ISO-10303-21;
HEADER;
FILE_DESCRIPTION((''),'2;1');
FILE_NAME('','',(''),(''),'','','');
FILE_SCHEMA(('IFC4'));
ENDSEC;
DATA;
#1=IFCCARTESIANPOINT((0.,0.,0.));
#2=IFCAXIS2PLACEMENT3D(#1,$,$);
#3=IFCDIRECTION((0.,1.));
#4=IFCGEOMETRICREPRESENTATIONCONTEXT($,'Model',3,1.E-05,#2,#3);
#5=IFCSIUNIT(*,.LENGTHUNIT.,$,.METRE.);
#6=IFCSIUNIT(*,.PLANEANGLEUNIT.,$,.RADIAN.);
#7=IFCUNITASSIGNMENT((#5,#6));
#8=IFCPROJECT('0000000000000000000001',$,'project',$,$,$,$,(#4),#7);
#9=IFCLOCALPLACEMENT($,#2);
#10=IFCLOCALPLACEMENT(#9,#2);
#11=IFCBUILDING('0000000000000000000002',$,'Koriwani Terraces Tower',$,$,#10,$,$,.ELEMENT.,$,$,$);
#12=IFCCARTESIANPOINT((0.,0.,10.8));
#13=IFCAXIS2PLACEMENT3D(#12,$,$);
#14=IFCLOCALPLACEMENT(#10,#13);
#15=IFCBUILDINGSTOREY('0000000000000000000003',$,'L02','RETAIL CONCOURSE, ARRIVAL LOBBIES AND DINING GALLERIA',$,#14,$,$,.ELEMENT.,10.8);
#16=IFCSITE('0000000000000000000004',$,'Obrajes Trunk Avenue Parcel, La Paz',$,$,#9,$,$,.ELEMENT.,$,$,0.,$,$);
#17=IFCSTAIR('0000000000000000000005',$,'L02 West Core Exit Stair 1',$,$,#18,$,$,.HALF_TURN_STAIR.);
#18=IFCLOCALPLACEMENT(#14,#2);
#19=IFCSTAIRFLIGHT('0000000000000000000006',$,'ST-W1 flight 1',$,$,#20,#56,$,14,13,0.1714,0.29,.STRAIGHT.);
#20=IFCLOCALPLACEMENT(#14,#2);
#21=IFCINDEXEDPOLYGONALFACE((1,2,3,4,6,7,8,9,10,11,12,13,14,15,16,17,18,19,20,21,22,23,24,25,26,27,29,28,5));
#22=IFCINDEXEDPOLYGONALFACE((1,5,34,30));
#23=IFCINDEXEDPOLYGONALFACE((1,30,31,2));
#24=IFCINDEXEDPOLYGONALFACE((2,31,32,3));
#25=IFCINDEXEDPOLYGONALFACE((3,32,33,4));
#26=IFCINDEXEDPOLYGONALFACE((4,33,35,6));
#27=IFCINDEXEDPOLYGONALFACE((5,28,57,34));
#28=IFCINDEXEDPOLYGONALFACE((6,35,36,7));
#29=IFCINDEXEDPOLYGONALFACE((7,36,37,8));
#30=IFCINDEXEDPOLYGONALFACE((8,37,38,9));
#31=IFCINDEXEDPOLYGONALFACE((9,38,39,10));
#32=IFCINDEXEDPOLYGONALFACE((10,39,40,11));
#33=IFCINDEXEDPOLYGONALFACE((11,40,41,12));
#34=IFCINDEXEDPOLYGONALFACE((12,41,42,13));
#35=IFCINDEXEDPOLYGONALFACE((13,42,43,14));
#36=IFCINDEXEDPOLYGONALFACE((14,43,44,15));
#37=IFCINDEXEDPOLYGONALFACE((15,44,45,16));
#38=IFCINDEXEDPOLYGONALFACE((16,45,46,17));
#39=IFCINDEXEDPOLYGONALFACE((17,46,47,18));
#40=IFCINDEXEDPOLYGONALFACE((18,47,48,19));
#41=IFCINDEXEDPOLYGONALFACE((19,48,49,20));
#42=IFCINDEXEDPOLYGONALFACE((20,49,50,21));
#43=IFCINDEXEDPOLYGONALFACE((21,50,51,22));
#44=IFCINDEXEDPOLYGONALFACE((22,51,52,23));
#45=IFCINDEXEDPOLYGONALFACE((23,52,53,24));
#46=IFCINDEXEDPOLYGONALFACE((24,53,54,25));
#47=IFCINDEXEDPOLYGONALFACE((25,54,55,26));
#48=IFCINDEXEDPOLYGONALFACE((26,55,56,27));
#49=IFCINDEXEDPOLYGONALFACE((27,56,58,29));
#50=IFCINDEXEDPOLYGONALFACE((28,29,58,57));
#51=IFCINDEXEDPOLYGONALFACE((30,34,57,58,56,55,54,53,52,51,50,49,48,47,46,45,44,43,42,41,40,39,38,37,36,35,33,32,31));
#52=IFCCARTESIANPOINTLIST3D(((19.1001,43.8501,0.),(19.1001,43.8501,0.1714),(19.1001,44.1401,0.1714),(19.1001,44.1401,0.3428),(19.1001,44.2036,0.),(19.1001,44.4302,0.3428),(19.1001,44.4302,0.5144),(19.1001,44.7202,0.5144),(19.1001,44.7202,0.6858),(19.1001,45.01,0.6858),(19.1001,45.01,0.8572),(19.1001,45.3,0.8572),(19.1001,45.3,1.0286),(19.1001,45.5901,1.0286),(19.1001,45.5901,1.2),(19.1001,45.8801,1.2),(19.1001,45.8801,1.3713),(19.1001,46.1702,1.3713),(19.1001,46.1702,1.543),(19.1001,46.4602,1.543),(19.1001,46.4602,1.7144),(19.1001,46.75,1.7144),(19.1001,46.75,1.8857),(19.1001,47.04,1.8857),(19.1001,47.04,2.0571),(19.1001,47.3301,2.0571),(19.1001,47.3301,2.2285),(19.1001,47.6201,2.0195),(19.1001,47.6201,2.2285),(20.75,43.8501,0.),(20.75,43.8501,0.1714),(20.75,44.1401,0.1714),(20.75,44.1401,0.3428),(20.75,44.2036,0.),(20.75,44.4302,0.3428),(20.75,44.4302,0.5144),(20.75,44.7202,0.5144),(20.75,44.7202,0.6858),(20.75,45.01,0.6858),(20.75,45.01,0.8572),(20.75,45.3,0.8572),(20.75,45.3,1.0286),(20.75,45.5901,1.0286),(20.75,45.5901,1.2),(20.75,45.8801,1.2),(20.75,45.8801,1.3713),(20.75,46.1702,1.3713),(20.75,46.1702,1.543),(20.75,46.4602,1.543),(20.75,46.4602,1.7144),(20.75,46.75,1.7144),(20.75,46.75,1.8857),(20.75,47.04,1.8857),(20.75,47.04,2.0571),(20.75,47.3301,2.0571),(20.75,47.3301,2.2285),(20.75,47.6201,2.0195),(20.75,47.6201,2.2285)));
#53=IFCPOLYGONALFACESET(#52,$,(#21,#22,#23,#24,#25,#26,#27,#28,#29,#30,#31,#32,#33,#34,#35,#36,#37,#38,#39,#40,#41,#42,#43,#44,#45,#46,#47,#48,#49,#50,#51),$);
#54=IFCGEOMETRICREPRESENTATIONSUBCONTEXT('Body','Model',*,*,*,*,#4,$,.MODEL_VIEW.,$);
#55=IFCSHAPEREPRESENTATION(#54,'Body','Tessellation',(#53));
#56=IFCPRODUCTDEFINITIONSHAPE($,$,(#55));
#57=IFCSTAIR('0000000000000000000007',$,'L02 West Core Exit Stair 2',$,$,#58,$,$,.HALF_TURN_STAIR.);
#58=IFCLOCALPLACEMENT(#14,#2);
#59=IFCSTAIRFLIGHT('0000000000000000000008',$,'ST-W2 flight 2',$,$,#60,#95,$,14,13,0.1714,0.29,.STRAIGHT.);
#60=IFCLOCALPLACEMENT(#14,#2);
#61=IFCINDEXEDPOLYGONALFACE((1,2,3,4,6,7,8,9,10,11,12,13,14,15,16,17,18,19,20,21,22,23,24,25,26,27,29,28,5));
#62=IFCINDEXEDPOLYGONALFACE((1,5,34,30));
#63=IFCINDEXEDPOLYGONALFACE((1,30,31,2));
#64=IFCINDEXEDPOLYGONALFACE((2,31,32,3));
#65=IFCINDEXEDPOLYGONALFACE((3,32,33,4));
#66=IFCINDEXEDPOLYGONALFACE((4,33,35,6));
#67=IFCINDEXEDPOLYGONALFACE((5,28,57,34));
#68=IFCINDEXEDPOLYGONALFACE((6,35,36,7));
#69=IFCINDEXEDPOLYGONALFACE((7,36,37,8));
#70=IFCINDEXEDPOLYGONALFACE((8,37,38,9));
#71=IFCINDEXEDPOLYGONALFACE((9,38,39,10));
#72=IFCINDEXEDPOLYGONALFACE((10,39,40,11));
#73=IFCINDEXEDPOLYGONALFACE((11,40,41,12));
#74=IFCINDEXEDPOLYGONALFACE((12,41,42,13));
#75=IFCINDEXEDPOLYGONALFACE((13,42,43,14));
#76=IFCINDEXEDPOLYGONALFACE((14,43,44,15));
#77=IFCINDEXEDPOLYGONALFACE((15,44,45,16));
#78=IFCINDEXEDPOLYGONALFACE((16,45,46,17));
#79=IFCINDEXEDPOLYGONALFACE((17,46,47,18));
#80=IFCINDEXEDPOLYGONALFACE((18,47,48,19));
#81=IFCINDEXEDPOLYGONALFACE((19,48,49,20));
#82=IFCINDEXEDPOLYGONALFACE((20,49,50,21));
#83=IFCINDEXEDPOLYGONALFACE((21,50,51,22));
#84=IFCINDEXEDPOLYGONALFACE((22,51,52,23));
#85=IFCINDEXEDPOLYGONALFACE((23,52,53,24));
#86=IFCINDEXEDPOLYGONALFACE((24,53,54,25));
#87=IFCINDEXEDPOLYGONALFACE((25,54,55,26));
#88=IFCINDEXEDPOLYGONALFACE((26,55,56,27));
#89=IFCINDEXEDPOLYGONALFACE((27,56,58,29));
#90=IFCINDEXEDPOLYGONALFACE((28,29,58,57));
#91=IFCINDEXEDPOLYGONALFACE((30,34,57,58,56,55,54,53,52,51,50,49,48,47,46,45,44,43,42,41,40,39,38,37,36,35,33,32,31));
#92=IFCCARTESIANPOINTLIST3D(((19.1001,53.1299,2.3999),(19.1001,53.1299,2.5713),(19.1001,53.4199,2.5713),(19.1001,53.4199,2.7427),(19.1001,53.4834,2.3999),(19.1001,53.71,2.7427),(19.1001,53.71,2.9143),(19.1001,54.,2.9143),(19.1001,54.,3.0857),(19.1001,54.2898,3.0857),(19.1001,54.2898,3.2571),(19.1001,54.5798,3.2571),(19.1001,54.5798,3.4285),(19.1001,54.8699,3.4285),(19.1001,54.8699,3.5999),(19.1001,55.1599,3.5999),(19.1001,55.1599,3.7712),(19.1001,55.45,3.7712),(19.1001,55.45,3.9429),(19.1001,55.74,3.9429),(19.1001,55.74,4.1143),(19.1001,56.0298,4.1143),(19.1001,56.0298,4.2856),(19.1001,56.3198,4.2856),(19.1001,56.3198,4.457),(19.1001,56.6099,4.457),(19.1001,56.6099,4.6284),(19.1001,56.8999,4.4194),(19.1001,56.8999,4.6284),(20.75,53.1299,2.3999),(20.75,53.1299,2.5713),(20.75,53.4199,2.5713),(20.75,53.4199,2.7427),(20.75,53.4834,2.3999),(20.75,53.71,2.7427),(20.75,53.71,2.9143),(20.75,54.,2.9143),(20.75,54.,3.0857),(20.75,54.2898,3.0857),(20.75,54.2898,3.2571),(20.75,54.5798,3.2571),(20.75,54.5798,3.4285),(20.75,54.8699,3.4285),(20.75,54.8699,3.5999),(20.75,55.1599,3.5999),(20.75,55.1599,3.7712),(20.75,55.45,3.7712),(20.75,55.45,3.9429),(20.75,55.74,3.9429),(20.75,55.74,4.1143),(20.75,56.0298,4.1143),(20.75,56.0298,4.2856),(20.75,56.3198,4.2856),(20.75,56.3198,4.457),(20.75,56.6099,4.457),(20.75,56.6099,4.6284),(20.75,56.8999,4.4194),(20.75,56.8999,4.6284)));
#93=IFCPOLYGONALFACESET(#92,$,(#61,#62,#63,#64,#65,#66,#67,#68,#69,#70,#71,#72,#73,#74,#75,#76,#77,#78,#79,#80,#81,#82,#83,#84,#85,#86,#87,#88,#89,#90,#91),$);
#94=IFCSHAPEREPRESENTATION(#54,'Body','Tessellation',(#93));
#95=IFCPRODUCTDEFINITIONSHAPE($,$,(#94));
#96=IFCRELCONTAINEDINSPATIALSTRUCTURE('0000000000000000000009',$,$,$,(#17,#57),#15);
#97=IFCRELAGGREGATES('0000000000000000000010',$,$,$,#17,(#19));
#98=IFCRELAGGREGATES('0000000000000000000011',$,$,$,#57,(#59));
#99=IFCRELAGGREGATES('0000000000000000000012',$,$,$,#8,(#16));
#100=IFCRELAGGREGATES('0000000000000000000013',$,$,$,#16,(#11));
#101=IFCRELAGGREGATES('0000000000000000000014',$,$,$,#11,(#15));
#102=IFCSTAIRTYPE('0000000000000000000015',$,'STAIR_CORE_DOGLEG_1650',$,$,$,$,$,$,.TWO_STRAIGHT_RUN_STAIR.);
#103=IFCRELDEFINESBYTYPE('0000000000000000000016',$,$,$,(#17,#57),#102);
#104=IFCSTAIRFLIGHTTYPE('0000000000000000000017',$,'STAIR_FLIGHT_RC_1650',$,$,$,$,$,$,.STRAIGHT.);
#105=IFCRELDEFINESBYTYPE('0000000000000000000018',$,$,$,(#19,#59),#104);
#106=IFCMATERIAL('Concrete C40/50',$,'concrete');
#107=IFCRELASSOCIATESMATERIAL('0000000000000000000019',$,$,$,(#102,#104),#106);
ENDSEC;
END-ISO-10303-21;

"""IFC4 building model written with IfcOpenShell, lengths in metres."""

from ifc_helpers import new_model, si_unit, direction, frame, origin, place, context, subcontext, project, spatial, polyline, outline, extrude, material, type_object, element, aggregate, save


model = new_model("IFC4")

# Units and contexts
model_context = context("Model", 3, precision=1e-05, world=origin(), true_north=direction((0.0, 1.0)))
body_context = subcontext(model_context, "Body", "Model", "MODEL_VIEW")
ifc_project = project(units=[si_unit("LENGTHUNIT", "METRE"), si_unit("PLANEANGLEUNIT", "RADIAN")], contexts=[model_context])

# Site, building, storey
site_placement = place(None, origin())
site = spatial("IfcSite", under=ifc_project, at=site_placement, Name="Obrajes Trunk Avenue Parcel, La Paz", CompositionType="ELEMENT", RefElevation=0.0)
building_placement = place(site_placement, origin())
building = spatial("IfcBuilding", under=site, at=building_placement, Name="Koriwani Terraces Tower", CompositionType="ELEMENT")
storey_placement = place(building_placement, frame((0.0, 0.0, 10.8)))
storey = spatial("IfcBuildingStorey", under=building, at=storey_placement, Name="L02", Description="RETAIL CONCOURSE, ARRIVAL LOBBIES AND DINING GALLERIA", CompositionType="ELEMENT", Elevation=10.8)

# Shared definitions
ifc_material_1 = material(Name="Concrete C40/50", Category="concrete")

# Stairs, stair flights
stair_type = type_object("IfcStairType", Name="STAIR_CORE_DOGLEG_1650", PredefinedType="TWO_STRAIGHT_RUN_STAIR", material=ifc_material_1)
stair_1_placement = place(storey_placement, origin())
stair_1 = element("IfcStair", 1, at=stair_1_placement, inside=storey, type_object=stair_type, Name="L02 West Core Exit Stair 1", PredefinedType="HALF_TURN_STAIR")
stair_flight_type = type_object("IfcStairFlightType", Name="STAIR_FLIGHT_RC_1650", PredefinedType="STRAIGHT", material=ifc_material_1)
stair_flight_1_placement = place(storey_placement, frame((19.925, 43.8501, 0.0), z_axis=(0.0, 0.0, 1.0), x_axis=(0.0, 1.0, 0.0)))
stair_flight_1 = element("IfcStairFlight", 2, at=stair_flight_1_placement, type_object=stair_flight_type, Name="ST-W1 flight 1", NumberOfRisers=14, NumberOfTreads=13, PredefinedType="STRAIGHT", RiserHeight=0.1714, TreadLength=0.29, context=body_context, shape_type="SweptSolid", body=[
    extrude(outline(polyline([(0.0, 0.0), (0.0, 0.1714), (0.29, 0.1714), (0.29, 0.3428), (0.5801, 0.3428), (0.5801, 0.5144), (0.8701, 0.5144), (0.8701, 0.6858), (1.1599, 0.6858), (1.1599, 0.8572), (1.45, 0.8572), (1.45, 1.0286), (1.74, 1.0286), (1.74, 1.2), (2.03, 1.2), (2.03, 1.3713), (2.3201, 1.3713), (2.3201, 1.543), (2.6101, 1.543), (2.6101, 1.7144), (2.8999, 1.7144), (2.8999, 1.8857), (3.1899, 1.8857), (3.1899, 2.0571), (3.48, 2.0571), (3.48, 2.2285), (3.77, 2.2285), (3.77, 2.3999), (3.77, 2.0195), (0.3535, 0.0), (0.0, 0.0)])), frame((0.0, 0.825, 0.0), z_axis=(0.0, -1.0, 0.0), x_axis=(1.0, 0.0, 0.0)), (0.0, 0.0, 1.0), 1.6499),
])
aggregate(stair_1, [stair_flight_1])
stair_2_placement = place(storey_placement, origin())
stair_2 = element("IfcStair", 3, at=stair_2_placement, inside=storey, type_object=stair_type, Name="L02 West Core Exit Stair 2", PredefinedType="HALF_TURN_STAIR")
stair_flight_2_placement = place(storey_placement, frame((19.925, 53.1299, 2.3999), z_axis=(0.0, 0.0, 1.0), x_axis=(0.0, 1.0, 0.0)))
stair_flight_2 = element("IfcStairFlight", 4, at=stair_flight_2_placement, type_object=stair_flight_type, Name="ST-W2 flight 2", NumberOfRisers=14, NumberOfTreads=13, PredefinedType="STRAIGHT", RiserHeight=0.1714, TreadLength=0.29, context=body_context, shape_type="SweptSolid", body=[
    extrude(outline(polyline([(0.0, 0.0), (0.0, 0.1714), (0.29, 0.1714), (0.29, 0.3428), (0.5801, 0.3428), (0.5801, 0.5144), (0.8701, 0.5144), (0.8701, 0.6858), (1.1599, 0.6858), (1.1599, 0.8572), (1.45, 0.8572), (1.45, 1.0286), (1.74, 1.0286), (1.74, 1.2), (2.03, 1.2), (2.03, 1.3713), (2.3201, 1.3713), (2.3201, 1.543), (2.6101, 1.543), (2.6101, 1.7144), (2.8999, 1.7144), (2.8999, 1.8857), (3.1899, 1.8857), (3.1899, 2.0571), (3.48, 2.0571), (3.48, 2.2285), (3.77, 2.2285), (3.77, 2.3999), (3.77, 2.0195), (0.3535, 0.0), (0.0, 0.0)])), frame((0.0, 0.825, 0.0), z_axis=(0.0, -1.0, 0.0), x_axis=(1.0, 0.0, 0.0)), (0.0, 0.0, 1.0), 1.6499),
])
aggregate(stair_2, [stair_flight_2])

save(model, "model.ifc")
